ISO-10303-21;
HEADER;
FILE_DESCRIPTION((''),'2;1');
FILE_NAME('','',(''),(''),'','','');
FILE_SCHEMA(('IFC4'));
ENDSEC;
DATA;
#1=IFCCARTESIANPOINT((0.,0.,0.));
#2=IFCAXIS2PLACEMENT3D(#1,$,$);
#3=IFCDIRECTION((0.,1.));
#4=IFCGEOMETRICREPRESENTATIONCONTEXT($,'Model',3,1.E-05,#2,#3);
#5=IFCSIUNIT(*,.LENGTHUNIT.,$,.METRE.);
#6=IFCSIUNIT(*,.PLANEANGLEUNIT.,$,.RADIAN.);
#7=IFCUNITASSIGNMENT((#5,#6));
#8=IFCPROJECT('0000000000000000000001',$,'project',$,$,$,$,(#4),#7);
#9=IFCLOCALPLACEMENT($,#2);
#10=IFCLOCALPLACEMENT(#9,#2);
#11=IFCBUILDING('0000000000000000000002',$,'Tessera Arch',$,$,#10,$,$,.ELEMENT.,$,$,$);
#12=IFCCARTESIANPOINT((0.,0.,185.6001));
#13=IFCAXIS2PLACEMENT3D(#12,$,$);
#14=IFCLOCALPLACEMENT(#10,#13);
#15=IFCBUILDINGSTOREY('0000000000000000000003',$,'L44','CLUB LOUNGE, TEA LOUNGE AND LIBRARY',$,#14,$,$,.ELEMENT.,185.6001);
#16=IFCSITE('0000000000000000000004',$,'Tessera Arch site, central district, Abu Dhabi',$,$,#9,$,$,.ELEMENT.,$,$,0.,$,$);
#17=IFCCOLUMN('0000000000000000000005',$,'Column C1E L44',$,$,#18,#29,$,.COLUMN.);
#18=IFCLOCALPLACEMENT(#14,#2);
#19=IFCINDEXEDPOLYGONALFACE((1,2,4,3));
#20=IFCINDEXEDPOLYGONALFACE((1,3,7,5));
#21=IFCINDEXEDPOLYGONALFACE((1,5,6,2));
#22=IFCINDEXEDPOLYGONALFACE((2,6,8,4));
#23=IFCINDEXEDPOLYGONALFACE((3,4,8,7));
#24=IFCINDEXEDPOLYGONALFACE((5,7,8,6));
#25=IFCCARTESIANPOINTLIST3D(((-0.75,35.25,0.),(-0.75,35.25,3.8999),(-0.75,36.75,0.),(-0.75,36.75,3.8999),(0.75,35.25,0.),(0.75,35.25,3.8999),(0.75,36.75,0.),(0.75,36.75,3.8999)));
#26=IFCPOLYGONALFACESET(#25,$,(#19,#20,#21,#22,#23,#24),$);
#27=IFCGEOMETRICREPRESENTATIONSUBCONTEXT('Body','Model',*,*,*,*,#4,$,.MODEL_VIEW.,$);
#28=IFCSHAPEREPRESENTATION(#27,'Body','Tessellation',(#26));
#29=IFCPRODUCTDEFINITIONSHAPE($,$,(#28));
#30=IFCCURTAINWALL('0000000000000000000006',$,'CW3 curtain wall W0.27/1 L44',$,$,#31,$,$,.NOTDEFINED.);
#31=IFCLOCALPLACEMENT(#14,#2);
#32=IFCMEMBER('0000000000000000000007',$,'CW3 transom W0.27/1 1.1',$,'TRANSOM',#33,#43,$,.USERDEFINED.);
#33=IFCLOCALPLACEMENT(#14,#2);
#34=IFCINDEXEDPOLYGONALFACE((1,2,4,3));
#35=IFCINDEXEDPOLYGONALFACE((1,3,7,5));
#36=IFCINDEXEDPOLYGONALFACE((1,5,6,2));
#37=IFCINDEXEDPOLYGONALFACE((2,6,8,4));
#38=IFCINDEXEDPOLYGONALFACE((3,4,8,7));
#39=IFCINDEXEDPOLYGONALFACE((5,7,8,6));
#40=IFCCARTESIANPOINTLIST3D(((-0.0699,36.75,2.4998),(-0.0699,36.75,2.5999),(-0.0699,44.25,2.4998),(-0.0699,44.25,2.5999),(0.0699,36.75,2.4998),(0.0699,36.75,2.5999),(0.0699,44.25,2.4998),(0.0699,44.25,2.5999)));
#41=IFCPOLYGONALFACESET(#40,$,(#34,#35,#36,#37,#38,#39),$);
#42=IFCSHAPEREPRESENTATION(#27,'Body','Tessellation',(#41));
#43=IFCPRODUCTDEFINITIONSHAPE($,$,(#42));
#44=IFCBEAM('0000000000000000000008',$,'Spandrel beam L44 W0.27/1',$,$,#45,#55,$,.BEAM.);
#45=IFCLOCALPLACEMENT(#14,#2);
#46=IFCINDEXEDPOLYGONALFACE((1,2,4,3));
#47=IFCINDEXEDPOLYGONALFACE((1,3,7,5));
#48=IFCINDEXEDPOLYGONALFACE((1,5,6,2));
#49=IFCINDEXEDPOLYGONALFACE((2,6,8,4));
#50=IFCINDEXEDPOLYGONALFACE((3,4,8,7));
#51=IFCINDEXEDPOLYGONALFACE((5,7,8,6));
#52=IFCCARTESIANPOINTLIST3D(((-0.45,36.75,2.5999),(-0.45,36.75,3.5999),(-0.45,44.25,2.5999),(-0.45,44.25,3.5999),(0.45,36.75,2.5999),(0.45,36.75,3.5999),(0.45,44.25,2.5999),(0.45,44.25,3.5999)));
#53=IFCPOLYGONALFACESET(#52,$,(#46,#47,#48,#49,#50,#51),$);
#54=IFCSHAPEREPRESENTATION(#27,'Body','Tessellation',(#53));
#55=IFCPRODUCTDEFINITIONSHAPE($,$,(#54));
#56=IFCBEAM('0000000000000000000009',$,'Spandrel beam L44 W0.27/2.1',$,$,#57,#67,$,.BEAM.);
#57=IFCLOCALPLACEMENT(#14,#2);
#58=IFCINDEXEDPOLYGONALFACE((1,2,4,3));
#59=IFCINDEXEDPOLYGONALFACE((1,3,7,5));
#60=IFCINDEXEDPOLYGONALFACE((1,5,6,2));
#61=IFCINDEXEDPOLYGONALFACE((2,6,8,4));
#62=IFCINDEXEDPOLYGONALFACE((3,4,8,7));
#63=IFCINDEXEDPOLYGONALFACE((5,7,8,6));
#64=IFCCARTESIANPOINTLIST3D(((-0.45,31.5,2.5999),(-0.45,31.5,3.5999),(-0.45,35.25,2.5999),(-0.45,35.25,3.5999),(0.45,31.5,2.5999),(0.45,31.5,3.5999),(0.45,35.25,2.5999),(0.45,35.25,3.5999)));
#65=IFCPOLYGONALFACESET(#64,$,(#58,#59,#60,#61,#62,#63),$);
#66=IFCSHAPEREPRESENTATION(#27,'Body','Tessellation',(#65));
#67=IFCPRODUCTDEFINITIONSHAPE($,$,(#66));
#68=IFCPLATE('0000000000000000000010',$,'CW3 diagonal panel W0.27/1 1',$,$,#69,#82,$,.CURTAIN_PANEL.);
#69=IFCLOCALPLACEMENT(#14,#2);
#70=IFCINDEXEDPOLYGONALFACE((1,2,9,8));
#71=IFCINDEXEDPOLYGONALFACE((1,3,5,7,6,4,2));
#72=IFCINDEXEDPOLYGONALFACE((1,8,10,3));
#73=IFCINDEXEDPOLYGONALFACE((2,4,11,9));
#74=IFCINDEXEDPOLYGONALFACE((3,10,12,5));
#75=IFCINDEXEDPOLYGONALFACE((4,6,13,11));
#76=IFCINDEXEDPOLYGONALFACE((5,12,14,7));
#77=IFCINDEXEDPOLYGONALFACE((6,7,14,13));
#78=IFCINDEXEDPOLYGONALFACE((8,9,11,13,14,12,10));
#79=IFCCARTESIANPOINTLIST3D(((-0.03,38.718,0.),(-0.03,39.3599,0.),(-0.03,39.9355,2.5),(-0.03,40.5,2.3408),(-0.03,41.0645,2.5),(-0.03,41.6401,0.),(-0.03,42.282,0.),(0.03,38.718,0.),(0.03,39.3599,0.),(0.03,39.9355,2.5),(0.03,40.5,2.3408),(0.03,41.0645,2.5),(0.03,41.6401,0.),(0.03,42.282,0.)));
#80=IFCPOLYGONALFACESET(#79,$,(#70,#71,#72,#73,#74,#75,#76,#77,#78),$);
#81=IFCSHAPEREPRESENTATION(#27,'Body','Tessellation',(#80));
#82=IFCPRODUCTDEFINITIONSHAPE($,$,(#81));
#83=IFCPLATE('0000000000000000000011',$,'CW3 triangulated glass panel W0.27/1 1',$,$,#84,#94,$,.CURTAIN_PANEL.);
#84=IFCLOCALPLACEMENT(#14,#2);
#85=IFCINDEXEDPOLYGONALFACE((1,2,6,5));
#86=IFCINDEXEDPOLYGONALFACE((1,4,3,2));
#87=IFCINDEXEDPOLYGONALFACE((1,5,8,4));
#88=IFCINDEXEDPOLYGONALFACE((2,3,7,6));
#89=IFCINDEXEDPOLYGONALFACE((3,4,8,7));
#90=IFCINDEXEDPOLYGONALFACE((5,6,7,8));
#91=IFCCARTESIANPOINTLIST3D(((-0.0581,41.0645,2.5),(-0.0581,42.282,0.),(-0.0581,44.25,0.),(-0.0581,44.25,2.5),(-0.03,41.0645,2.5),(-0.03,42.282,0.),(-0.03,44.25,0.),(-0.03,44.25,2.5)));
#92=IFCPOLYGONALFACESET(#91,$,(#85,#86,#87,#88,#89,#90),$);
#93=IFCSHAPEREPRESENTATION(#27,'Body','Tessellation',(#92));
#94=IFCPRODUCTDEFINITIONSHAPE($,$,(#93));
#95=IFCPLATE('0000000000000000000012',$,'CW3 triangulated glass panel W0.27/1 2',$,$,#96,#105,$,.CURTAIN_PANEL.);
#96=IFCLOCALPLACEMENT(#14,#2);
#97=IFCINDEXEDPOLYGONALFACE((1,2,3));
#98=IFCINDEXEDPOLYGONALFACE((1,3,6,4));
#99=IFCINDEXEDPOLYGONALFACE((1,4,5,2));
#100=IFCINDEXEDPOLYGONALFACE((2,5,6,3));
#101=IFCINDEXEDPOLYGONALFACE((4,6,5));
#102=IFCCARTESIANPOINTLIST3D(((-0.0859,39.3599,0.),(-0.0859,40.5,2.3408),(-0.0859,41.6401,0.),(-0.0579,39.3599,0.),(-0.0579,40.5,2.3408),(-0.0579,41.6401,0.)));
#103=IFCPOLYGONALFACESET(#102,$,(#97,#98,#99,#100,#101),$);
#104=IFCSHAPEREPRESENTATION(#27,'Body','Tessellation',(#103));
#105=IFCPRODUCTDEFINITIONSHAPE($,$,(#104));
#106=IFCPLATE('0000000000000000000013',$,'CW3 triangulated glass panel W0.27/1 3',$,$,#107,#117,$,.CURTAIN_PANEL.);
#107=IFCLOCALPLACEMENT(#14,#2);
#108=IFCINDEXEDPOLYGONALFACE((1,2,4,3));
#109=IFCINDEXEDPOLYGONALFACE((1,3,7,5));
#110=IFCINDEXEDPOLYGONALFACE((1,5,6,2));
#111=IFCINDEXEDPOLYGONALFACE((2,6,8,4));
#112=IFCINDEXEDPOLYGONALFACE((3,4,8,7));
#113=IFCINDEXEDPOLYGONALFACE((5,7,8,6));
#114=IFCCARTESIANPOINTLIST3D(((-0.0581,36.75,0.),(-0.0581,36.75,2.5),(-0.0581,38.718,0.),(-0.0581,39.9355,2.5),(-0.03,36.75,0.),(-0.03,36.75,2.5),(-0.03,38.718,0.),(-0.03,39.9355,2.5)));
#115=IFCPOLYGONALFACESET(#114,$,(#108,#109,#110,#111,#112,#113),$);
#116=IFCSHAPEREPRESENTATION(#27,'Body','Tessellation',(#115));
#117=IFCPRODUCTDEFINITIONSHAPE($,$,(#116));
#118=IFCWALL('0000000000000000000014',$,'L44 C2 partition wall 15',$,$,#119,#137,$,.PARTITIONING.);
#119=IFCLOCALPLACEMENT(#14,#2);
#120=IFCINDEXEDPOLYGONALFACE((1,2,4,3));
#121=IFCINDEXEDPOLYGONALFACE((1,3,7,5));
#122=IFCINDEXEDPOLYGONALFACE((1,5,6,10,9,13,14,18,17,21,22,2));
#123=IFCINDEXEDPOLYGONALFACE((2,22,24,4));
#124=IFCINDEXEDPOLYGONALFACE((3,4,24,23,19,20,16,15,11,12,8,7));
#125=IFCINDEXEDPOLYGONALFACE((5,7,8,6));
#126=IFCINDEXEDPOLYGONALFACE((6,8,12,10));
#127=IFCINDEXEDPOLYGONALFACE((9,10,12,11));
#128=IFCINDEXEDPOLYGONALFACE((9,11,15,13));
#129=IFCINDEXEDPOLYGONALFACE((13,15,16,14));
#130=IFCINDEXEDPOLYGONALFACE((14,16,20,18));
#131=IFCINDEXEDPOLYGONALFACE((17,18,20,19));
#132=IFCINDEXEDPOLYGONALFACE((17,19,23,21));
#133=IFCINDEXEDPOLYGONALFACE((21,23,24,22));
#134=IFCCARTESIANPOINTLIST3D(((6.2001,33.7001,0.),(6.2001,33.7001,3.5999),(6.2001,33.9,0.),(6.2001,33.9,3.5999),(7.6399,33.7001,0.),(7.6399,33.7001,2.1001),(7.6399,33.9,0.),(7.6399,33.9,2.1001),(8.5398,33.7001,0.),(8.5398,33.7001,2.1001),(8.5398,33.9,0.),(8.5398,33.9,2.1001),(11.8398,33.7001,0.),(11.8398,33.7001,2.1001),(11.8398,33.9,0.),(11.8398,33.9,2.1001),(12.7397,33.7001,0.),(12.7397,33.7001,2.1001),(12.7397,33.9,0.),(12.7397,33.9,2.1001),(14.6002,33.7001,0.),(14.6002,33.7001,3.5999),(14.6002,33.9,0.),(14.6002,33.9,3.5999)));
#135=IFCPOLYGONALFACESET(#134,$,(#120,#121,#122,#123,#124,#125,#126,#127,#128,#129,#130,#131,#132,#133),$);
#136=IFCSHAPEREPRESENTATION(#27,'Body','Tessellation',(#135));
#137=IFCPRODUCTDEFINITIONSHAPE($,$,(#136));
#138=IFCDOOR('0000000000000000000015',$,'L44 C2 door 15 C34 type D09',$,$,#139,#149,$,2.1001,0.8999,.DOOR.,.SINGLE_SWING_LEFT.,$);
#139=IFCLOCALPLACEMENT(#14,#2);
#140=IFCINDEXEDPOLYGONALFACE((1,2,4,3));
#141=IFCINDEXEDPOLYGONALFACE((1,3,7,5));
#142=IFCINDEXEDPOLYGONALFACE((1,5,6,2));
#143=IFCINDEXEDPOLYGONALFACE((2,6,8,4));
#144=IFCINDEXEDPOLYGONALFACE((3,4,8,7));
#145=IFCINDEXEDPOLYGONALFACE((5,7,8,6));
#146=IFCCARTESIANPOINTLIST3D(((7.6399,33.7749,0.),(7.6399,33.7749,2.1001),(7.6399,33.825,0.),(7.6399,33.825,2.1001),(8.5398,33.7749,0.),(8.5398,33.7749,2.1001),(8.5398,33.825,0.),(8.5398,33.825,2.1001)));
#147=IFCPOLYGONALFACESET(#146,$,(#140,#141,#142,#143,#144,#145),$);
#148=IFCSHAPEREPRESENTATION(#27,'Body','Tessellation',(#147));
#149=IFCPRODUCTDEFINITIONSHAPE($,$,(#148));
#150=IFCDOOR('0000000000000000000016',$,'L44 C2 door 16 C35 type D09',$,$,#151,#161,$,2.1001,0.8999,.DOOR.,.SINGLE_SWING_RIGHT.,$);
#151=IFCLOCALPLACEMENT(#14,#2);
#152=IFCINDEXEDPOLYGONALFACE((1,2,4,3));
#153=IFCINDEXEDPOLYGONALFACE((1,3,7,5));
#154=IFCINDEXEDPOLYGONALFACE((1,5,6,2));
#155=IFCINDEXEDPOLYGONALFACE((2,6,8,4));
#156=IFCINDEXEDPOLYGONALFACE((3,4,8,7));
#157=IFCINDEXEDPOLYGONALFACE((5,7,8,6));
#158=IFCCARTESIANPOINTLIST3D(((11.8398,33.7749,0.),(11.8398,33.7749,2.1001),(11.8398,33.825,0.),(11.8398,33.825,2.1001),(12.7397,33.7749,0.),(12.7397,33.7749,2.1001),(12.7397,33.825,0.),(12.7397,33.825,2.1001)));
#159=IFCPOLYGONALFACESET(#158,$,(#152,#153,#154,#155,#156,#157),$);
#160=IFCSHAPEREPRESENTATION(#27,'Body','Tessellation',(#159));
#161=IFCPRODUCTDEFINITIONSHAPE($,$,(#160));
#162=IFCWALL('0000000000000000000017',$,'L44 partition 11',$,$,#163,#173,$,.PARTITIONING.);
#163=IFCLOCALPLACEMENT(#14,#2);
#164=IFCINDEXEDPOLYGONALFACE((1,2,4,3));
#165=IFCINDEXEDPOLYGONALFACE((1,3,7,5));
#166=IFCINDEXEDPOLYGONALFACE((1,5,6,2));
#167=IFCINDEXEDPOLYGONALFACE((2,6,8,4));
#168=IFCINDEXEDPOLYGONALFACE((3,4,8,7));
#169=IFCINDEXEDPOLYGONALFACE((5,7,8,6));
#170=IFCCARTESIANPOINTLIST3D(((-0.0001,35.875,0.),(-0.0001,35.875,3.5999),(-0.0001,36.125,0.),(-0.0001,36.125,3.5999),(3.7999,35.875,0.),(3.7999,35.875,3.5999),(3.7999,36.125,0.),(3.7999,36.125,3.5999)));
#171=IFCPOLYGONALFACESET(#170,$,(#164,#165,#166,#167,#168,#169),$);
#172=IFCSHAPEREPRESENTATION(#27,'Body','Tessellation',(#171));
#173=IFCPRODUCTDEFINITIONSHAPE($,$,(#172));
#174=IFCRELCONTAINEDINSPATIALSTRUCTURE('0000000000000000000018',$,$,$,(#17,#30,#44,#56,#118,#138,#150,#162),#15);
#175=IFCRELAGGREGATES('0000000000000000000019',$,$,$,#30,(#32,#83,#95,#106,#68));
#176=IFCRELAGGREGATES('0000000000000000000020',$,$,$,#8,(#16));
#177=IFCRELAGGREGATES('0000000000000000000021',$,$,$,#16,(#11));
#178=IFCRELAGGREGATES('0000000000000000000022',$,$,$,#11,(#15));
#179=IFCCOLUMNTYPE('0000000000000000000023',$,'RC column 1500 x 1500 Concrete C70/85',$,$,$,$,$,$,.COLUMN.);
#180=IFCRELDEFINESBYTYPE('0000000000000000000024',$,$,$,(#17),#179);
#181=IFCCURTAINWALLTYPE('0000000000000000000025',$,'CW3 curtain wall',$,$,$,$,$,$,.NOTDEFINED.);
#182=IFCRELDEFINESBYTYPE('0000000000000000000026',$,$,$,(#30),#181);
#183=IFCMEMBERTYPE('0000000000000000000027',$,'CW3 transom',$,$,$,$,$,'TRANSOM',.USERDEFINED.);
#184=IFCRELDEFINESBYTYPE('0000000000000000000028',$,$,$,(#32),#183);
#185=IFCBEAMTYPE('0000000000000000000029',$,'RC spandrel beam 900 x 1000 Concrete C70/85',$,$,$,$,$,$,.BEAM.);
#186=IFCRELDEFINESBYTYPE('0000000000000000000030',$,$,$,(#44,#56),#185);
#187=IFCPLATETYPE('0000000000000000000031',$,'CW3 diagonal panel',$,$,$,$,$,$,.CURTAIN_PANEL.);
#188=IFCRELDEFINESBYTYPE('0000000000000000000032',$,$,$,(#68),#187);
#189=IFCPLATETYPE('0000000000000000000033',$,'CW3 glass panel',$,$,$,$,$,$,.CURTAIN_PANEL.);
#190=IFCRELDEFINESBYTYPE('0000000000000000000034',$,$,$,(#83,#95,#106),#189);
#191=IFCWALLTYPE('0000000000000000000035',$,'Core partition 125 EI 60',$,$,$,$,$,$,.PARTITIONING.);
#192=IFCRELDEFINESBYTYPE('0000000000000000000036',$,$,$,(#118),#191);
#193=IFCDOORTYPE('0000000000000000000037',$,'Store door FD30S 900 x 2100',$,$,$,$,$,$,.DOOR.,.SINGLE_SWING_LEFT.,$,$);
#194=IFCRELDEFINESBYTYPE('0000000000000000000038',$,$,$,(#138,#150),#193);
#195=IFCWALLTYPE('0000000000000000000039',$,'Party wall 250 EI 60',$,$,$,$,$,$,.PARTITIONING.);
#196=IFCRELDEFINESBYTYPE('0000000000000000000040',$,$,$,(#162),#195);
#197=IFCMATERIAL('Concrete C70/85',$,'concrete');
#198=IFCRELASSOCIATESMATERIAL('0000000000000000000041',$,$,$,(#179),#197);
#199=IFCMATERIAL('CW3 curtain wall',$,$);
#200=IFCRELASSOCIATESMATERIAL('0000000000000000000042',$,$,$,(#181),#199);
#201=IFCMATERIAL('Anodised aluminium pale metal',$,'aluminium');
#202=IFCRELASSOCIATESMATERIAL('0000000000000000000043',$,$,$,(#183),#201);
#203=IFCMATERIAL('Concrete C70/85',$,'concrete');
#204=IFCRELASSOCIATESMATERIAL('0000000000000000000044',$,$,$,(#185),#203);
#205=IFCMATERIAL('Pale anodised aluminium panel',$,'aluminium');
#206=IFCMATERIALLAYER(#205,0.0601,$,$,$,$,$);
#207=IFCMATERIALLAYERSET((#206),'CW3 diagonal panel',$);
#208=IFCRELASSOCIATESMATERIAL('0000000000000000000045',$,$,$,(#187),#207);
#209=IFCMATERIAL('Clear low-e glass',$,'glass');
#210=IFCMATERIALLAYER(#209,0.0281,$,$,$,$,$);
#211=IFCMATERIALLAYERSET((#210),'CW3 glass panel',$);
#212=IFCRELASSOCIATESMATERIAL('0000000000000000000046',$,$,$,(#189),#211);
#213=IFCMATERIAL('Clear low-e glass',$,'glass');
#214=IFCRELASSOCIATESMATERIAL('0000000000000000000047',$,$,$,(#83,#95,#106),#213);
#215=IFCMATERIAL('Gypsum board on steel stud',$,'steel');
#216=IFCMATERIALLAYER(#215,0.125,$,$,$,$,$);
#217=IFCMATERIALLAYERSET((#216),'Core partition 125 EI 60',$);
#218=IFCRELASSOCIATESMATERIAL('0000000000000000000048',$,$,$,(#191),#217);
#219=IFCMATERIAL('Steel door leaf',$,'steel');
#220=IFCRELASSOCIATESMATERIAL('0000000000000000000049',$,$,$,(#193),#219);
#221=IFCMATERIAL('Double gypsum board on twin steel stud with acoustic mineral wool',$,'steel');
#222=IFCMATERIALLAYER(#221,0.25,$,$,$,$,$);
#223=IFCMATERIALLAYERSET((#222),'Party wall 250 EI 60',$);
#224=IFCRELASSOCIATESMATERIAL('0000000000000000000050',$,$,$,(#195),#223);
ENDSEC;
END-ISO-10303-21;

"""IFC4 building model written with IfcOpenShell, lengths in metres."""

from ifc_helpers import new_model, si_unit, direction, frame, frame_2d, origin, origin_2d, place, context, subcontext, project, spatial, polyline, rectangle, outline, extrude, material, layer, layer_set, material_profile, profile_set, type_object, element, fill, aggregate, save


model = new_model("IFC4")

# Units and contexts
model_context = context("Model", 3, precision=1e-05, world=origin(), true_north=direction((0.0, 1.0)))
body_context = subcontext(model_context, "Body", "Model", "MODEL_VIEW")
ifc_project = project(units=[si_unit("LENGTHUNIT", "METRE"), si_unit("PLANEANGLEUNIT", "RADIAN")], contexts=[model_context])

# Site, building, storey
site_placement = place(None, origin())
site = spatial("IfcSite", under=ifc_project, at=site_placement, Name="Tessera Arch site, central district, Abu Dhabi", CompositionType="ELEMENT", RefElevation=0.0)
building_placement = place(site_placement, origin())
building = spatial("IfcBuilding", under=site, at=building_placement, Name="Tessera Arch", CompositionType="ELEMENT")
storey_placement = place(building_placement, frame((0.0, 0.0, 185.6001)))
storey = spatial("IfcBuildingStorey", under=building, at=storey_placement, Name="L44", Description="CLUB LOUNGE, TEA LOUNGE AND LIBRARY", CompositionType="ELEMENT", Elevation=185.6001)

# Column
ifc_material_1 = material(Name="Concrete C70/85", Category="concrete")
ifc_material_profile_1 = material_profile(ifc_material_1, rectangle(XDim=1.5, YDim=1.5, at=origin_2d()), Name="RC column 1500 x 1500 Concrete C70/85")
ifc_profile_set_1 = profile_set([ifc_material_profile_1], Name="Concrete C70/85")
column_type = type_object("IfcColumnType", Name="RC column 1500 x 1500 Concrete C70/85", PredefinedType="COLUMN", material=ifc_profile_set_1)
column_placement = place(storey_placement, frame((0.0, 36.0, 0.0), z_axis=(0.0, 0.0, 1.0), x_axis=(1.0, 0.0, 0.0)))
element("IfcColumn", 1, at=column_placement, inside=storey, type_object=column_type, Name="Column C1E L44", PredefinedType="COLUMN", context=body_context, shape_type="SweptSolid", body=[
    extrude(rectangle(XDim=1.5, YDim=1.5, at=origin_2d()), origin(), (0.0, 0.0, 1.0), 3.8999),
])

# Curtain wall, member
ifc_material_2 = material(Name="CW3 curtain wall")
curtain_wall_type = type_object("IfcCurtainWallType", Name="CW3 curtain wall", PredefinedType="NOTDEFINED", material=ifc_material_2)
curtain_wall_placement = place(storey_placement, origin())
curtain_wall = element("IfcCurtainWall", 2, at=curtain_wall_placement, inside=storey, type_object=curtain_wall_type, Name="CW3 curtain wall W0.27/1 L44", PredefinedType="NOTDEFINED")
ifc_material_3 = material(Name="Anodised aluminium pale metal", Category="aluminium")
ifc_material_profile_2 = material_profile(ifc_material_3, rectangle(XDim=0.1399, YDim=0.1001, at=origin_2d()), Name="AL 140x100")
ifc_profile_set_2 = profile_set([ifc_material_profile_2], Name="Anodised aluminium pale metal")
member_type = type_object("IfcMemberType", Name="CW3 transom", ElementType="TRANSOM", PredefinedType="USERDEFINED", material=ifc_profile_set_2)
member_placement = place(storey_placement, frame((0.0, 44.25, 2.5498), z_axis=(0.0, -1.0, 0.0), x_axis=(1.0, 0.0, 0.0)))
member = element("IfcMember", 3, at=member_placement, type_object=member_type, Name="CW3 transom W0.27/1 1.1", ObjectType="TRANSOM", PredefinedType="USERDEFINED", context=body_context, shape_type="SweptSolid", body=[
    extrude(rectangle(XDim=0.1399, YDim=0.1001, at=origin_2d()), origin(), (0.0, 0.0, 1.0), 7.5),
])

# Beams
ifc_material_4 = material(Name="Concrete C70/85", Category="concrete")
ifc_material_profile_3 = material_profile(ifc_material_4, rectangle(XDim=0.8999, YDim=1.0, at=origin_2d()), Name="RC spandrel beam 900 x 1000 Concrete C70/85")
ifc_profile_set_3 = profile_set([ifc_material_profile_3], Name="Concrete C70/85")
beam_type = type_object("IfcBeamType", Name="RC spandrel beam 900 x 1000 Concrete C70/85", PredefinedType="BEAM", material=ifc_profile_set_3)
beam_1_placement = place(storey_placement, frame((0.0, 44.25, 3.0999), z_axis=(0.0, -1.0, 0.0), x_axis=(1.0, 0.0, 0.0)))
element("IfcBeam", 4, at=beam_1_placement, inside=storey, type_object=beam_type, Name="Spandrel beam L44 W0.27/1", PredefinedType="BEAM", context=body_context, shape_type="SweptSolid", body=[
    extrude(rectangle(XDim=0.8999, YDim=1.0, at=origin_2d()), origin(), (0.0, 0.0, 1.0), 7.5),
])
beam_2_placement = place(storey_placement, frame((0.0, 35.25, 3.0999), z_axis=(0.0, -1.0, 0.0), x_axis=(1.0, 0.0, 0.0)))
element("IfcBeam", 5, at=beam_2_placement, inside=storey, type_object=beam_type, Name="Spandrel beam L44 W0.27/2.1", PredefinedType="BEAM", context=body_context, shape_type="SweptSolid", body=[
    extrude(rectangle(XDim=0.8999, YDim=1.0, at=origin_2d()), origin(), (0.0, 0.0, 1.0), 3.75),
])

# Plates
ifc_material_5 = material(Name="Pale anodised aluminium panel", Category="aluminium")
ifc_layer_1 = layer(ifc_material_5, 0.0601)
ifc_layer_set_1 = layer_set([ifc_layer_1], Name="CW3 diagonal panel")
plate_type_1 = type_object("IfcPlateType", Name="CW3 diagonal panel", PredefinedType="CURTAIN_PANEL", material=ifc_layer_set_1)
plate_1_placement = place(storey_placement, frame((-0.03, 39.9355, 2.5), z_axis=(-1.0, 0.0, 0.0), x_axis=(0.0, 1.0, 0.0)))
plate_1 = element("IfcPlate", 6, at=plate_1_placement, type_object=plate_type_1, Name="CW3 diagonal panel W0.27/1 1", PredefinedType="CURTAIN_PANEL", context=body_context, shape_type="SweptSolid", body=[
    extrude(outline(polyline([(0.0, 0.0), (1.1289, 0.0), (2.3464, 2.5), (1.7046, 2.5), (0.5645, 0.1592), (-0.5757, 2.5), (-1.2175, 2.5), (0.0, 0.0)])), origin(), (0.0, 0.0, -1.0), 0.0601),
])
ifc_material_6 = material(Name="Clear low-e glass", Category="glass")
ifc_material_7 = material(Name="Clear low-e glass", Category="glass")
ifc_layer_2 = layer(ifc_material_7, 0.0281)
ifc_layer_set_2 = layer_set([ifc_layer_2], Name="CW3 glass panel")
plate_type_2 = type_object("IfcPlateType", Name="CW3 glass panel", PredefinedType="CURTAIN_PANEL", material=ifc_layer_set_2)
plate_2_placement = place(storey_placement, frame((-0.0581, 44.25, 0.0), z_axis=(-1.0, 0.0, 0.0), x_axis=(0.0, -1.0, 0.0)))
plate_2 = element("IfcPlate", 7, at=plate_2_placement, type_object=plate_type_2, material=ifc_material_6, Name="CW3 triangulated glass panel W0.27/1 1", PredefinedType="CURTAIN_PANEL", context=body_context, shape_type="SweptSolid", body=[
    extrude(outline(polyline([(0.0, 0.0), (1.968, 0.0), (3.1855, 2.5), (0.0, 2.5), (0.0, 0.0)])), origin(), (0.0, 0.0, -1.0), 0.0281),
])
plate_3_placement = place(storey_placement, frame((-0.0859, 41.6401, 0.0), z_axis=(-1.0, 0.0, 0.0), x_axis=(0.0, -1.0, 0.0)))
plate_3 = element("IfcPlate", 8, at=plate_3_placement, type_object=plate_type_2, material=ifc_material_6, Name="CW3 triangulated glass panel W0.27/1 2", PredefinedType="CURTAIN_PANEL", context=body_context, shape_type="SweptSolid", body=[
    extrude(outline(polyline([(0.0, 0.0), (2.2803, 0.0), (1.1401, 2.3408), (0.0, 0.0)])), origin(), (0.0, 0.0, -1.0), 0.0281),
])
plate_4_placement = place(storey_placement, frame((-0.0581, 36.75, 2.5), z_axis=(-1.0, 0.0, 0.0), x_axis=(0.0, 1.0, 0.0)))
plate_4 = element("IfcPlate", 9, at=plate_4_placement, type_object=plate_type_2, material=ifc_material_6, Name="CW3 triangulated glass panel W0.27/1 3", PredefinedType="CURTAIN_PANEL", context=body_context, shape_type="SweptSolid", body=[
    extrude(outline(polyline([(0.0, 0.0), (3.1855, 0.0), (1.968, 2.5), (0.0, 2.5), (0.0, 0.0)])), origin(), (0.0, 0.0, -1.0), 0.0281),
])

# Wall, openings, doors
ifc_material_8 = material(Name="Gypsum board on steel stud", Category="steel")
ifc_layer_3 = layer(ifc_material_8, 0.125)
ifc_layer_set_3 = layer_set([ifc_layer_3], Name="Core partition 125 EI 60")
wall_type_1 = type_object("IfcWallType", Name="Core partition 125 EI 60", PredefinedType="PARTITIONING", material=ifc_layer_set_3)
wall_1_placement = place(storey_placement, frame((6.2, 33.8, 0.0), z_axis=(0.0, 0.0, 1.0), x_axis=(1.0, 0.0, 0.0)))
wall_1 = element("IfcWall", 10, at=wall_1_placement, inside=storey, type_object=wall_type_1, Name="L44 C2 partition wall 15", PredefinedType="PARTITIONING", context=body_context, shape_type="SweptSolid", body=[
    extrude(rectangle(XDim=8.4001, YDim=0.2, at=frame_2d((4.2002, 0.0))), origin(), (0.0, 0.0, 1.0), 3.5999),
])
opening_1_placement = place(wall_1_placement, frame((1.4399, 0.0, 0.0)))
opening_1 = element("IfcOpeningElement", 11, at=opening_1_placement, cuts=wall_1, PredefinedType="OPENING", context=body_context, shape_type="SweptSolid", body=[
    extrude(rectangle(XDim=0.8999, YDim=2.1001, at=frame_2d((0.45, 1.05))), frame((0.0, 0.1099, 0.0), z_axis=(0.0, -1.0, 0.0), x_axis=(1.0, 0.0, 0.0)), (0.0, 0.0, 1.0), 0.22),
])
opening_2_placement = place(wall_1_placement, frame((5.6399, 0.0, 0.0)))
opening_2 = element("IfcOpeningElement", 12, at=opening_2_placement, cuts=wall_1, PredefinedType="OPENING", context=body_context, shape_type="SweptSolid", body=[
    extrude(rectangle(XDim=0.8999, YDim=2.1001, at=frame_2d((0.45, 1.05))), frame((0.0, 0.1099, 0.0), z_axis=(0.0, -1.0, 0.0), x_axis=(1.0, 0.0, 0.0)), (0.0, 0.0, 1.0), 0.22),
])
ifc_material_9 = material(Name="Steel door leaf", Category="steel")
door_type_1 = type_object("IfcDoorType", Name="Store door FD30S 900 x 2100", OperationType="SINGLE_SWING_LEFT", PredefinedType="DOOR", material=ifc_material_9)
door_1_placement = place(opening_1_placement, origin())
door_1 = element("IfcDoor", 13, at=door_1_placement, inside=storey, type_object=door_type_1, Name="L44 C2 door 15 C34 type D09", OperationType="SINGLE_SWING_LEFT", OverallHeight=2.1001, OverallWidth=0.8999, PredefinedType="DOOR", context=body_context, shape_type="SweptSolid", body=[
    extrude(rectangle(XDim=0.8999, YDim=2.1001, at=frame_2d((0.45, 1.05))), frame((0.0, 0.0249, 0.0), z_axis=(0.0, -1.0, 0.0), x_axis=(1.0, 0.0, 0.0)), (0.0, 0.0, 1.0), 0.05),
])
fill(opening_1, door_1)
door_2_placement = place(opening_2_placement, origin())
door_2 = element("IfcDoor", 14, at=door_2_placement, inside=storey, type_object=door_type_1, Name="L44 C2 door 16 C35 type D09", OperationType="SINGLE_SWING_RIGHT", OverallHeight=2.1001, OverallWidth=0.8999, PredefinedType="DOOR", context=body_context, shape_type="SweptSolid", body=[
    extrude(rectangle(XDim=0.8999, YDim=2.1001, at=frame_2d((0.45, 1.05))), frame((0.0, 0.0249, 0.0), z_axis=(0.0, -1.0, 0.0), x_axis=(1.0, 0.0, 0.0)), (0.0, 0.0, 1.0), 0.05),
])
fill(opening_2, door_2)

# Wall
ifc_material_10 = material(Name="Double gypsum board on twin steel stud with acoustic mineral wool", Category="steel")
ifc_layer_4 = layer(ifc_material_10, 0.25)
ifc_layer_set_4 = layer_set([ifc_layer_4], Name="Party wall 250 EI 60")
wall_type_2 = type_object("IfcWallType", Name="Party wall 250 EI 60", PredefinedType="PARTITIONING", material=ifc_layer_set_4)
wall_2_placement = place(storey_placement, frame((0.0, 36.0, 0.0), z_axis=(0.0, 0.0, 1.0), x_axis=(1.0, 0.0, 0.0)))
element("IfcWall", 15, at=wall_2_placement, inside=storey, type_object=wall_type_2, Name="L44 partition 11", PredefinedType="PARTITIONING", context=body_context, shape_type="SweptSolid", body=[
    extrude(rectangle(XDim=3.8, YDim=0.25, at=frame_2d((1.8999, 0.0))), origin(), (0.0, 0.0, 1.0), 3.5999),
])

aggregate(curtain_wall, [member, plate_2, plate_3, plate_4, plate_1])

save(model, "model.ifc")
